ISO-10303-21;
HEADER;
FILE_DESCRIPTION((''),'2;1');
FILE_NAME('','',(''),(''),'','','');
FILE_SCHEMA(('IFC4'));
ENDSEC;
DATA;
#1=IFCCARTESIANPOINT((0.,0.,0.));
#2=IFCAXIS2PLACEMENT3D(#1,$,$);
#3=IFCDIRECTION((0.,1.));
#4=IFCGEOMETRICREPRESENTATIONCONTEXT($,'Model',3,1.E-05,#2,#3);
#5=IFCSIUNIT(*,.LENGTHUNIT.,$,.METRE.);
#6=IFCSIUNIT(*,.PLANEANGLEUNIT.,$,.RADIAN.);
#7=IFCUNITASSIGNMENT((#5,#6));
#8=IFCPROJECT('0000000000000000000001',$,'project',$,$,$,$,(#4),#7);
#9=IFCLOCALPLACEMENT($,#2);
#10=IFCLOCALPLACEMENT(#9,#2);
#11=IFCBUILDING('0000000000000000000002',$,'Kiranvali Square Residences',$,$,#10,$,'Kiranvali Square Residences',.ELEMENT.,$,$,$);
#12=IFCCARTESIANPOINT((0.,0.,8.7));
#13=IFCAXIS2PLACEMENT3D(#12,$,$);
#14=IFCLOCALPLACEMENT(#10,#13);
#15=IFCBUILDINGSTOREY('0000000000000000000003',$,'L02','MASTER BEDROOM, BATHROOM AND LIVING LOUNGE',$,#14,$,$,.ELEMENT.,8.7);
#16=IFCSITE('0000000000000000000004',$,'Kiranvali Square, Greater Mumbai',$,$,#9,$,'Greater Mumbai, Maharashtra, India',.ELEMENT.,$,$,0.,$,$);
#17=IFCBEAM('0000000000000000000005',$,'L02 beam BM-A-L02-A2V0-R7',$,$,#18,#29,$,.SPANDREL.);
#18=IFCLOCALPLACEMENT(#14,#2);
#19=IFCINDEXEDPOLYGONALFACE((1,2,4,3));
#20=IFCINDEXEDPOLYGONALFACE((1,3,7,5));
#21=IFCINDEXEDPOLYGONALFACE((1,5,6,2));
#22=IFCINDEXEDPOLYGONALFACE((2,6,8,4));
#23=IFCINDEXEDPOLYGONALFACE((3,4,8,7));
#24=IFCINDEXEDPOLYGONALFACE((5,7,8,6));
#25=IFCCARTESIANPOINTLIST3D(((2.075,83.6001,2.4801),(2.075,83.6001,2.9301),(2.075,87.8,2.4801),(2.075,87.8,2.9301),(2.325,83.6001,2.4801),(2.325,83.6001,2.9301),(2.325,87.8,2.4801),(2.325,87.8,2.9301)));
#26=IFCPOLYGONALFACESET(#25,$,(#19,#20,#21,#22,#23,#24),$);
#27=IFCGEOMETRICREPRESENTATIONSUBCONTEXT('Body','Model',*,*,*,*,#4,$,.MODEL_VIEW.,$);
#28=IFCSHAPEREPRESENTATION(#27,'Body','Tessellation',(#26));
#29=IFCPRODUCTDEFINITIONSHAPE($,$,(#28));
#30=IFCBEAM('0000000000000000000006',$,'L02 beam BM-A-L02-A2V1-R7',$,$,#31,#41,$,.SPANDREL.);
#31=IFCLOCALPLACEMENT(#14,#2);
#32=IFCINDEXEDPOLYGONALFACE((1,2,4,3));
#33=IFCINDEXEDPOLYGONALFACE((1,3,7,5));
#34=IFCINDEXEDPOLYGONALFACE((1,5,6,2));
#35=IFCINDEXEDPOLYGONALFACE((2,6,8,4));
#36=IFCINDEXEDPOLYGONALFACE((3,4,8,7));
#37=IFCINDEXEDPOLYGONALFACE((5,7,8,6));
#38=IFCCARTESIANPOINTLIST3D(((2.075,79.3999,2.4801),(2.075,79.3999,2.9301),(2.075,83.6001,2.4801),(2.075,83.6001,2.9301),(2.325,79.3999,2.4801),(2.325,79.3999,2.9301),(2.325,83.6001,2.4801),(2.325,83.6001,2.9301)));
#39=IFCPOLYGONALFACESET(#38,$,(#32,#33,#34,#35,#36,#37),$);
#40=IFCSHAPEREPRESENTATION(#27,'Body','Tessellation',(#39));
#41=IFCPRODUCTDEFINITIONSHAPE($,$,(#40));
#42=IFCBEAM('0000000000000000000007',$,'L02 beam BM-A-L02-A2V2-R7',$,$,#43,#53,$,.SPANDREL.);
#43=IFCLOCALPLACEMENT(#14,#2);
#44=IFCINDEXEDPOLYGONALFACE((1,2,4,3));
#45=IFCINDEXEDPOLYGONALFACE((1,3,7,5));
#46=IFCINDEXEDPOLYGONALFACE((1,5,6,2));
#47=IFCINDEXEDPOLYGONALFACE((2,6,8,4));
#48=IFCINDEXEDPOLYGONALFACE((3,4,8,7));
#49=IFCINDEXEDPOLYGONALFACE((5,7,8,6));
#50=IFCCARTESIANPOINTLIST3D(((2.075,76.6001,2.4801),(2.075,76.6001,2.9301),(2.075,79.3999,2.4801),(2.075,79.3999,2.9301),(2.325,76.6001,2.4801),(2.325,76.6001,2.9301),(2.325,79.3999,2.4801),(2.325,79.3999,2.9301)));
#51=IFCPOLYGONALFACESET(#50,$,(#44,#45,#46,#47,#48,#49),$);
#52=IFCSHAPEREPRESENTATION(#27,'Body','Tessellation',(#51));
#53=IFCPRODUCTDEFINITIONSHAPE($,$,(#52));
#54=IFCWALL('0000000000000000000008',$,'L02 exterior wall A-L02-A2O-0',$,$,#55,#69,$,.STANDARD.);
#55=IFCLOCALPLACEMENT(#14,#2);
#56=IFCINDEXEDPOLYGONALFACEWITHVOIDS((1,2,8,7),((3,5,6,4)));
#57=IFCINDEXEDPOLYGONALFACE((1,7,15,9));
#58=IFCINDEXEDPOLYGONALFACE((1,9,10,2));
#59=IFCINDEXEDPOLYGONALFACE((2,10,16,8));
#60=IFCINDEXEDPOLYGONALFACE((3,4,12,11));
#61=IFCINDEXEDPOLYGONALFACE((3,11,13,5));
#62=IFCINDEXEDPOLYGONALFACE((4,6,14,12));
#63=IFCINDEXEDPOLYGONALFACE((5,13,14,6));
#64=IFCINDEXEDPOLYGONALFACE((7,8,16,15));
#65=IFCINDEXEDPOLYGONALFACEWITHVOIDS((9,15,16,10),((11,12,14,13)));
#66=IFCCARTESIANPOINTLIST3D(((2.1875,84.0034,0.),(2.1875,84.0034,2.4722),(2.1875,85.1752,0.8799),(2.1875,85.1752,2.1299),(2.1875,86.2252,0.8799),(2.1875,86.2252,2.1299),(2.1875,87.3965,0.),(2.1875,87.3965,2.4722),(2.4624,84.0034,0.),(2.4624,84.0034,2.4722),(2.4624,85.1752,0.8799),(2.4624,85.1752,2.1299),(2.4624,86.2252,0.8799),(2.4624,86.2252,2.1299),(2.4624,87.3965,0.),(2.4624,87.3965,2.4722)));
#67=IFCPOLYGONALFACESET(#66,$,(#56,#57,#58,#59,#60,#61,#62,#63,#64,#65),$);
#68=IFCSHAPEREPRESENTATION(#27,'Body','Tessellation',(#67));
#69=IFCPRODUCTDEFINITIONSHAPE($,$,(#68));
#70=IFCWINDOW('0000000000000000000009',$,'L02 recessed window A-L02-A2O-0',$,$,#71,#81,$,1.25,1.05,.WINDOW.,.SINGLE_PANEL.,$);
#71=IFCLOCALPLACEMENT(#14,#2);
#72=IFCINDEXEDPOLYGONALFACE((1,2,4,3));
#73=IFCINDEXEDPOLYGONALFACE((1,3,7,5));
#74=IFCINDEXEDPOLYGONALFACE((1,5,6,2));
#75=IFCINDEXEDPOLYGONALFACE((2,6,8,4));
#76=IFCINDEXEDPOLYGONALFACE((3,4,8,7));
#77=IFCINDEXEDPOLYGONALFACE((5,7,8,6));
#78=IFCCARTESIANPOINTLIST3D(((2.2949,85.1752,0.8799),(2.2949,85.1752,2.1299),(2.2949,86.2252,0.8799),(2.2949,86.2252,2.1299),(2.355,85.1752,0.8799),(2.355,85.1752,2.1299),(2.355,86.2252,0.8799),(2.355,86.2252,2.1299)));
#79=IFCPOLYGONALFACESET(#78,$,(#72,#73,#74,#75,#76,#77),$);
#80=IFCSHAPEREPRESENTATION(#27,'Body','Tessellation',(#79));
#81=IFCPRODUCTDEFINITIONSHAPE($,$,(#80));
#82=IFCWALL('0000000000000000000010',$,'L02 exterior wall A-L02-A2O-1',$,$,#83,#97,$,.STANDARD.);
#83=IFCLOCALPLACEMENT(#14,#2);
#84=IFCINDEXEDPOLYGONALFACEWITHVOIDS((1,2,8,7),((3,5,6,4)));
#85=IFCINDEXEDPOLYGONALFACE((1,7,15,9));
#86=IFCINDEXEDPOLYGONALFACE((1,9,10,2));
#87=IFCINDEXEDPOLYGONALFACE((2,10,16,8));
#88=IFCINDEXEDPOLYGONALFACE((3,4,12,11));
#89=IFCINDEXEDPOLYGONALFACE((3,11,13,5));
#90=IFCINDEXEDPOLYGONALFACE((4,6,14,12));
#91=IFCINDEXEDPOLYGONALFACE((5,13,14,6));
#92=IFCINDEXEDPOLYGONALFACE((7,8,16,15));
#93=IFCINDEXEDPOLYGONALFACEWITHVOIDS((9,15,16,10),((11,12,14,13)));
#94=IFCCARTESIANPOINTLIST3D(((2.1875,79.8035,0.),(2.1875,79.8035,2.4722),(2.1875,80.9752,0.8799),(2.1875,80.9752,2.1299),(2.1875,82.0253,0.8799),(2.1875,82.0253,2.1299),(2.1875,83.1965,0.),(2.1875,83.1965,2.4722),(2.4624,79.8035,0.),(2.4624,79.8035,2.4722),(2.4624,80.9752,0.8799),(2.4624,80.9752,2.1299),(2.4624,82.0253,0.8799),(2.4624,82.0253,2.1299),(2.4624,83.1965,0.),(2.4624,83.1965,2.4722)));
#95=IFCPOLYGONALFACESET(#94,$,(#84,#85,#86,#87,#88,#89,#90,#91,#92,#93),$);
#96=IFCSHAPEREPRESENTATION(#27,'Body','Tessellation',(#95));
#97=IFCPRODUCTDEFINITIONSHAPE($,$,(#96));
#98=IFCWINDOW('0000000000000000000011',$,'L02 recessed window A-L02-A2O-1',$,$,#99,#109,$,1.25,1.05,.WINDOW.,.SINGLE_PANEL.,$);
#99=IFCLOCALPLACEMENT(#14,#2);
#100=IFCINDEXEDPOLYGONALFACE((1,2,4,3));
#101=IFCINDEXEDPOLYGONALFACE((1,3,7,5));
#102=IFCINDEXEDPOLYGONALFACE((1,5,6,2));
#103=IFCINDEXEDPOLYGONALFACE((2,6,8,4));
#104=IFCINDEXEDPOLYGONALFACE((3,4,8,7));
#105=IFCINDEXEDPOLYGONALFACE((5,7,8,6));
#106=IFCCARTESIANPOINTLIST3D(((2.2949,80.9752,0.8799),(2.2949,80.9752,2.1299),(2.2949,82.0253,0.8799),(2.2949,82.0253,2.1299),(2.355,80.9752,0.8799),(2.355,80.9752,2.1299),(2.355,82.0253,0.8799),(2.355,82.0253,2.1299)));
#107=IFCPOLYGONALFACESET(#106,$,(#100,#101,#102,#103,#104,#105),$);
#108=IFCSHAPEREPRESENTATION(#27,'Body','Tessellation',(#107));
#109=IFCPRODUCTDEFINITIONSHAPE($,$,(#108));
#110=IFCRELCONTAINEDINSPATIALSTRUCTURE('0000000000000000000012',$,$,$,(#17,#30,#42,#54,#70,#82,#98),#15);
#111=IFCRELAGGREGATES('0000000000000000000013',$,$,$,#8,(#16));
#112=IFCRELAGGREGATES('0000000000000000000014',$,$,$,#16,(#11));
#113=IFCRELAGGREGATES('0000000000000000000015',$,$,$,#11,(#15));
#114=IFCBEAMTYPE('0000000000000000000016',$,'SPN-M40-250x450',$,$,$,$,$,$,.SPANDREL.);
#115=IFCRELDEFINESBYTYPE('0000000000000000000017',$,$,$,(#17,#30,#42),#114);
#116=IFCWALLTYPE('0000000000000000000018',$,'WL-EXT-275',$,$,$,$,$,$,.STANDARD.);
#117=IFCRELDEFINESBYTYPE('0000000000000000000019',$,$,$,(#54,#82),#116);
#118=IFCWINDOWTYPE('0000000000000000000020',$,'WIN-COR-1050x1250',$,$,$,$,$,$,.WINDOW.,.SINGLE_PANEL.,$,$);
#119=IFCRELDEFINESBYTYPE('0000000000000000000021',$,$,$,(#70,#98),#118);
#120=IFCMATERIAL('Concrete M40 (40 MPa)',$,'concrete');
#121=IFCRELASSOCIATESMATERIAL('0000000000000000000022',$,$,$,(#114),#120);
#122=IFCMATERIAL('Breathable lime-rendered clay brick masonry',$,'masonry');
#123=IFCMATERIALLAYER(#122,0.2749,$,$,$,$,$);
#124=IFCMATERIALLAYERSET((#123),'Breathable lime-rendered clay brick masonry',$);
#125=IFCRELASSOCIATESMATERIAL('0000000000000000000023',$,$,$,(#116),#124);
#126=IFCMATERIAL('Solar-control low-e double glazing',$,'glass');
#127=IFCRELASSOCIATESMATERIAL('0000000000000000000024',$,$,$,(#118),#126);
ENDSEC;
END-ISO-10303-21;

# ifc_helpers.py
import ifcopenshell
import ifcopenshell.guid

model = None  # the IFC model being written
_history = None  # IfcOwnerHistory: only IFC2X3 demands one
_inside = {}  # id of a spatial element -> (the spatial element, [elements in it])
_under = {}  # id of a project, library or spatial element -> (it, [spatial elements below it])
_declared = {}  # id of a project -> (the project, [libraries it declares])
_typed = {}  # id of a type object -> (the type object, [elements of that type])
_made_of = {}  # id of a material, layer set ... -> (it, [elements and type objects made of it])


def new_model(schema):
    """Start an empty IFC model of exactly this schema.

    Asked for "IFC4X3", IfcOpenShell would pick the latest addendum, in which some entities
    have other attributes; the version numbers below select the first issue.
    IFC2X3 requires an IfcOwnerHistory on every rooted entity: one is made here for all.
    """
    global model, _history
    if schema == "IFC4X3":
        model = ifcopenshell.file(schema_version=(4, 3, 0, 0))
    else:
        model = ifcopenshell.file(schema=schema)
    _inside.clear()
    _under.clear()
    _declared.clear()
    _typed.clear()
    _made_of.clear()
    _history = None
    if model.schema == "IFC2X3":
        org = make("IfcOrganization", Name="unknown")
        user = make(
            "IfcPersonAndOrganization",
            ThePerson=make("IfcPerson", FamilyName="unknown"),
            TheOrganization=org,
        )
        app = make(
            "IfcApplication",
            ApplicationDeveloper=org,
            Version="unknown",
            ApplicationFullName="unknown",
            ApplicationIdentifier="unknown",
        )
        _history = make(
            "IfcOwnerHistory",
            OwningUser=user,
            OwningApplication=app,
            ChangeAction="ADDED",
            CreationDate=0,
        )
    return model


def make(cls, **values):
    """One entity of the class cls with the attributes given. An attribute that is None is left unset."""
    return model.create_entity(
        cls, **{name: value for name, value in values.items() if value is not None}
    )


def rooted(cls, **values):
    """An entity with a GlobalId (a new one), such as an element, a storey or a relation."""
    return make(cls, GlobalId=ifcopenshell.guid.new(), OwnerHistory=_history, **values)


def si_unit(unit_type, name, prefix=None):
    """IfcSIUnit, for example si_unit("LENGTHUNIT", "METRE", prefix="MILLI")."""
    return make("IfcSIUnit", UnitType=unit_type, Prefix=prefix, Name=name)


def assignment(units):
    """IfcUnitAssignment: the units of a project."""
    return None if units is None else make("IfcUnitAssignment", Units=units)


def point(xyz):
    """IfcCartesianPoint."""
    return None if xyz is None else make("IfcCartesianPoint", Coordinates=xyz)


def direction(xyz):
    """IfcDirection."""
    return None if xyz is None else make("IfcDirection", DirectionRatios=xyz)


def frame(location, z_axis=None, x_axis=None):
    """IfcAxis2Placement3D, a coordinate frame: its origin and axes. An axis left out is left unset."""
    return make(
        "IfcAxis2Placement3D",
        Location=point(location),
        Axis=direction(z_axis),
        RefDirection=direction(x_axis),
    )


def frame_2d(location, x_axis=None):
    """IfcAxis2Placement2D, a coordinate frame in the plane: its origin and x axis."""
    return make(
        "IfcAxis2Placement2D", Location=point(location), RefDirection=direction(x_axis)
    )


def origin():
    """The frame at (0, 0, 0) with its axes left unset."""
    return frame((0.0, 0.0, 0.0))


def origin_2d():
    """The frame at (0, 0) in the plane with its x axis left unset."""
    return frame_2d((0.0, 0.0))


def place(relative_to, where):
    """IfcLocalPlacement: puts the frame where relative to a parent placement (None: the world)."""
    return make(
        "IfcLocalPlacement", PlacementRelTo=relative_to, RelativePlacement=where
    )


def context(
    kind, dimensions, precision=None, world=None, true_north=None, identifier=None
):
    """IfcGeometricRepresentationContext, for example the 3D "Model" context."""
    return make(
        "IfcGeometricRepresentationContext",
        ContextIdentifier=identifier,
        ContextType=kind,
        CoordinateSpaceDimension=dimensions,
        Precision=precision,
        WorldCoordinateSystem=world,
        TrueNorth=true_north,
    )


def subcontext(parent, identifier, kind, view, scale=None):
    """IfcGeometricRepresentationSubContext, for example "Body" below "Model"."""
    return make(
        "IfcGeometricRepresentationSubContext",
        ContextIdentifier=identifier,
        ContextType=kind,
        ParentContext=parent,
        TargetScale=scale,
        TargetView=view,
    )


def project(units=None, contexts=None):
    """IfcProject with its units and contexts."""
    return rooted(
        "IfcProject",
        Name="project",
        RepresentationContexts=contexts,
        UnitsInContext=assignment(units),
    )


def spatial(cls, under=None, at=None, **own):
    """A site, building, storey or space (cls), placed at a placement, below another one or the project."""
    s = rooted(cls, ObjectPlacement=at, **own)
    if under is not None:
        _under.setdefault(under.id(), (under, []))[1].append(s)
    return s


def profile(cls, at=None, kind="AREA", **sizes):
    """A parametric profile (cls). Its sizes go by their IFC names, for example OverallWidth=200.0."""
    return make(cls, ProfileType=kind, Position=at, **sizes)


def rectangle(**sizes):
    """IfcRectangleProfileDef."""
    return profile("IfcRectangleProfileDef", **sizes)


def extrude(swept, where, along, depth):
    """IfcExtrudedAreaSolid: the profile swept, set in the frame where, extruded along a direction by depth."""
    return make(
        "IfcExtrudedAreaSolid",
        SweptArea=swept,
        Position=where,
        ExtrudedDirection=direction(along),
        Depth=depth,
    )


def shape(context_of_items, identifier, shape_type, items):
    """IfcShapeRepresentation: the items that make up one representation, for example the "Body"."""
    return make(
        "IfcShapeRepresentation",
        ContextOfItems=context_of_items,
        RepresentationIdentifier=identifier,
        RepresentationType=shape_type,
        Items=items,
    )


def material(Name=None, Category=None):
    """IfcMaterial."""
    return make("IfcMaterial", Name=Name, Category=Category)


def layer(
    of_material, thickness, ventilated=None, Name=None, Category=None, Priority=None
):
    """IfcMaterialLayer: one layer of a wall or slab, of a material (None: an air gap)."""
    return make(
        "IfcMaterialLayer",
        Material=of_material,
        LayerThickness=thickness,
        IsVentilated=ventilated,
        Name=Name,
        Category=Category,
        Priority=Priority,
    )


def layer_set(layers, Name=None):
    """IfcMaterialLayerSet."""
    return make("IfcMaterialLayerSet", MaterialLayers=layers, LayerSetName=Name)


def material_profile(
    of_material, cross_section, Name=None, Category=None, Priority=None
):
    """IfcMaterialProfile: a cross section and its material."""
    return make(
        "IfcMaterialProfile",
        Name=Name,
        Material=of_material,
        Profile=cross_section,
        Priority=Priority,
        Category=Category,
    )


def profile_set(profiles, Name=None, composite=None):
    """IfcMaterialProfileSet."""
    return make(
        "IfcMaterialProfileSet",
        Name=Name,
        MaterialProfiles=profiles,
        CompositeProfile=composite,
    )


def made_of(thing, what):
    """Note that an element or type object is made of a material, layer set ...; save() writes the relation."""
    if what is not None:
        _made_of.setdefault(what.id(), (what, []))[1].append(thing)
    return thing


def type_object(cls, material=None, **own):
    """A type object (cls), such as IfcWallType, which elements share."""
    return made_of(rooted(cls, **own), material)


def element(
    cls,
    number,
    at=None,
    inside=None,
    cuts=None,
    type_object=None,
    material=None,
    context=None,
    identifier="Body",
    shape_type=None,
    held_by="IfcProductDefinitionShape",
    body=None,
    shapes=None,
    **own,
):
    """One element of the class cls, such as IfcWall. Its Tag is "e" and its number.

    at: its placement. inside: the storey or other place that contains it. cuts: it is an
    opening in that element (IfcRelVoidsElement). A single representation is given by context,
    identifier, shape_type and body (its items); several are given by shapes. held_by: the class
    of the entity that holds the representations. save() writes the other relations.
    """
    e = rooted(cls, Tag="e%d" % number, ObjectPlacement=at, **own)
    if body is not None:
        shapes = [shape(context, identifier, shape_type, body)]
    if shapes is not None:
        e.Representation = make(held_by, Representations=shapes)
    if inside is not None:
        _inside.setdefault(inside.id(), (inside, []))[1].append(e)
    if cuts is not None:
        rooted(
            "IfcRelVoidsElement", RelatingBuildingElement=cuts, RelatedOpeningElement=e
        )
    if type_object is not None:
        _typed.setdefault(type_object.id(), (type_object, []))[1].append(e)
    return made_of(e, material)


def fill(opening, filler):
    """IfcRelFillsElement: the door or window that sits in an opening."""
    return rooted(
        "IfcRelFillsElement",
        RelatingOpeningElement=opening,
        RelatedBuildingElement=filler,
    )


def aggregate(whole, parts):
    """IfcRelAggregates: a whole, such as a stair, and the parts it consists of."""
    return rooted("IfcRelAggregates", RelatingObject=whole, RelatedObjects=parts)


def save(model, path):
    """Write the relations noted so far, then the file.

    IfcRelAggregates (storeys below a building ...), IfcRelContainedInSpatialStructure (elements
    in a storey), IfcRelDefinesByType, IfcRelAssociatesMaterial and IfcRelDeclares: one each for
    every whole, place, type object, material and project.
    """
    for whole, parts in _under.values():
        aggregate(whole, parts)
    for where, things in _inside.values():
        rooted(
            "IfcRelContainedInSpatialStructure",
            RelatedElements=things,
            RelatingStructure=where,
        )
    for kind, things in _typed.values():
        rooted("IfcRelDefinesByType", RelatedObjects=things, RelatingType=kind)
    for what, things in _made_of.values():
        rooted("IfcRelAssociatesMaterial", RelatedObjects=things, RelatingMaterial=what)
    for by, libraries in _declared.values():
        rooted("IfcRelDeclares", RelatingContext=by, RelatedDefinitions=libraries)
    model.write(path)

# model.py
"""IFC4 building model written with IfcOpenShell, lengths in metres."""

from ifc_helpers import new_model, si_unit, direction, frame, frame_2d, origin, origin_2d, place, context, subcontext, project, spatial, rectangle, extrude, material, layer, layer_set, material_profile, profile_set, type_object, element, fill, save


model = new_model("IFC4")

# Units and contexts
model_context = context("Model", 3, precision=1e-05, world=origin(), true_north=direction((0.0, 1.0)))
body_context = subcontext(model_context, "Body", "Model", "MODEL_VIEW")
ifc_project = project(units=[si_unit("LENGTHUNIT", "METRE"), si_unit("PLANEANGLEUNIT", "RADIAN")], contexts=[model_context])

# Site, building, storey
site_placement = place(None, origin())
site = spatial("IfcSite", under=ifc_project, at=site_placement, Name="Kiranvali Square, Greater Mumbai", LongName="Greater Mumbai, Maharashtra, India", CompositionType="ELEMENT", RefElevation=0.0)
building_placement = place(site_placement, origin())
building = spatial("IfcBuilding", under=site, at=building_placement, Name="Kiranvali Square Residences", LongName="Kiranvali Square Residences", CompositionType="ELEMENT")
storey_placement = place(building_placement, frame((0.0, 0.0, 8.7)))
storey = spatial("IfcBuildingStorey", under=building, at=storey_placement, Name="L02", Description="MASTER BEDROOM, BATHROOM AND LIVING LOUNGE", CompositionType="ELEMENT", Elevation=8.7)

# Beams
ifc_material_1 = material(Name="Concrete M40 (40 MPa)", Category="concrete")
ifc_material_profile_1 = material_profile(ifc_material_1, rectangle(XDim=0.25, YDim=0.45, at=origin_2d()), Name="RC 250x450")
ifc_profile_set_1 = profile_set([ifc_material_profile_1], Name="Concrete M40 (40 MPa)")
beam_type_1 = type_object("IfcBeamType", Name="SPN-M40-250x450", PredefinedType="SPANDREL", material=ifc_profile_set_1)
beam_1_placement = place(storey_placement, frame((2.2, 87.8, 2.7051), z_axis=(0.0, -1.0, 0.0), x_axis=(1.0, 0.0, 0.0)))
element("IfcBeam", 1, at=beam_1_placement, inside=storey, type_object=beam_type_1, Name="L02 beam BM-A-L02-A2V0-R7", PredefinedType="SPANDREL", context=body_context, shape_type="SweptSolid", body=[
    extrude(rectangle(XDim=0.25, YDim=0.45, at=origin_2d()), origin(), (0.0, 0.0, 1.0), 4.2),
])
beam_2_placement = place(storey_placement, frame((2.2, 83.6001, 2.7051), z_axis=(0.0, -1.0, 0.0), x_axis=(1.0, 0.0, 0.0)))
element("IfcBeam", 2, at=beam_2_placement, inside=storey, type_object=beam_type_1, Name="L02 beam BM-A-L02-A2V1-R7", PredefinedType="SPANDREL", context=body_context, shape_type="SweptSolid", body=[
    extrude(rectangle(XDim=0.25, YDim=0.45, at=origin_2d()), origin(), (0.0, 0.0, 1.0), 4.2002),
])
beam_3_placement = place(storey_placement, frame((2.2, 79.3999, 2.7051), z_axis=(0.0, -1.0, 0.0), x_axis=(1.0, 0.0, 0.0)))
element("IfcBeam", 3, at=beam_3_placement, inside=storey, type_object=beam_type_1, Name="L02 beam BM-A-L02-A2V2-R7", PredefinedType="SPANDREL", context=body_context, shape_type="SweptSolid", body=[
    extrude(rectangle(XDim=0.25, YDim=0.45, at=origin_2d()), origin(), (0.0, 0.0, 1.0), 2.7998),
])

# Walls, openings, windows
ifc_material_2 = material(Name="Breathable lime-rendered clay brick masonry", Category="masonry")
ifc_layer = layer(ifc_material_2, 0.2749)
ifc_layer_set = layer_set([ifc_layer], Name="Breathable lime-rendered clay brick masonry")
wall_type = type_object("IfcWallType", Name="WL-EXT-275", PredefinedType="STANDARD", material=ifc_layer_set)
wall_1_placement = place(storey_placement, frame((2.325, 87.3965, 0.0), z_axis=(0.0, 0.0, 1.0), x_axis=(0.0, -1.0, 0.0)))
wall_1 = element("IfcWall", 4, at=wall_1_placement, inside=storey, type_object=wall_type, Name="L02 exterior wall A-L02-A2O-0", PredefinedType="STANDARD", context=body_context, shape_type="SweptSolid", body=[
    extrude(rectangle(XDim=3.3931, YDim=0.2749, at=frame_2d((1.6965, 0.0))), origin(), (0.0, 0.0, 1.0), 2.4722),
])
opening_1_placement = place(wall_1_placement, frame((1.1714, 0.0, 0.8799)))
opening_1 = element("IfcOpeningElement", 5, at=opening_1_placement, cuts=wall_1, PredefinedType="OPENING", context=body_context, shape_type="SweptSolid", body=[
    extrude(rectangle(XDim=1.05, YDim=1.25, at=frame_2d((0.5249, 0.625))), frame((0.0, 0.1475, 0.0), z_axis=(0.0, -1.0, 0.0), x_axis=(1.0, 0.0, 0.0)), (0.0, 0.0, 1.0), 0.2949),
])
ifc_material_3 = material(Name="Solar-control low-e double glazing", Category="glass")
window_type = type_object("IfcWindowType", Name="WIN-COR-1050x1250", PartitioningType="SINGLE_PANEL", PredefinedType="WINDOW", material=ifc_material_3)
window_1_placement = place(opening_1_placement, origin())
window_1 = element("IfcWindow", 6, at=window_1_placement, inside=storey, type_object=window_type, Name="L02 recessed window A-L02-A2O-0", OverallHeight=1.25, OverallWidth=1.05, PartitioningType="SINGLE_PANEL", PredefinedType="WINDOW", context=body_context, shape_type="SweptSolid", body=[
    extrude(rectangle(XDim=1.05, YDim=1.25, at=frame_2d((0.5249, 0.625))), frame((0.0, 0.03, 0.0), z_axis=(0.0, -1.0, 0.0), x_axis=(1.0, 0.0, 0.0)), (0.0, 0.0, 1.0), 0.0601),
])
fill(opening_1, window_1)
wall_2_placement = place(storey_placement, frame((2.325, 83.1965, 0.0), z_axis=(0.0, 0.0, 1.0), x_axis=(0.0, -1.0, 0.0)))
wall_2 = element("IfcWall", 7, at=wall_2_placement, inside=storey, type_object=wall_type, Name="L02 exterior wall A-L02-A2O-1", PredefinedType="STANDARD", context=body_context, shape_type="SweptSolid", body=[
    extrude(rectangle(XDim=3.3931, YDim=0.2749, at=frame_2d((1.6965, 0.0))), origin(), (0.0, 0.0, 1.0), 2.4722),
])
opening_2_placement = place(wall_2_placement, frame((1.1714, 0.0, 0.8799)))
opening_2 = element("IfcOpeningElement", 8, at=opening_2_placement, cuts=wall_2, PredefinedType="OPENING", context=body_context, shape_type="SweptSolid", body=[
    extrude(rectangle(XDim=1.05, YDim=1.25, at=frame_2d((0.5249, 0.625))), frame((0.0, 0.1475, 0.0), z_axis=(0.0, -1.0, 0.0), x_axis=(1.0, 0.0, 0.0)), (0.0, 0.0, 1.0), 0.2949),
])
window_2_placement = place(opening_2_placement, origin())
window_2 = element("IfcWindow", 9, at=window_2_placement, inside=storey, type_object=window_type, Name="L02 recessed window A-L02-A2O-1", OverallHeight=1.25, OverallWidth=1.05, PartitioningType="SINGLE_PANEL", PredefinedType="WINDOW", context=body_context, shape_type="SweptSolid", body=[
    extrude(rectangle(XDim=1.05, YDim=1.25, at=frame_2d((0.5249, 0.625))), frame((0.0, 0.03, 0.0), z_axis=(0.0, -1.0, 0.0), x_axis=(1.0, 0.0, 0.0)), (0.0, 0.0, 1.0), 0.0601),
])
fill(opening_2, window_2)

save(model, "model.ifc")
